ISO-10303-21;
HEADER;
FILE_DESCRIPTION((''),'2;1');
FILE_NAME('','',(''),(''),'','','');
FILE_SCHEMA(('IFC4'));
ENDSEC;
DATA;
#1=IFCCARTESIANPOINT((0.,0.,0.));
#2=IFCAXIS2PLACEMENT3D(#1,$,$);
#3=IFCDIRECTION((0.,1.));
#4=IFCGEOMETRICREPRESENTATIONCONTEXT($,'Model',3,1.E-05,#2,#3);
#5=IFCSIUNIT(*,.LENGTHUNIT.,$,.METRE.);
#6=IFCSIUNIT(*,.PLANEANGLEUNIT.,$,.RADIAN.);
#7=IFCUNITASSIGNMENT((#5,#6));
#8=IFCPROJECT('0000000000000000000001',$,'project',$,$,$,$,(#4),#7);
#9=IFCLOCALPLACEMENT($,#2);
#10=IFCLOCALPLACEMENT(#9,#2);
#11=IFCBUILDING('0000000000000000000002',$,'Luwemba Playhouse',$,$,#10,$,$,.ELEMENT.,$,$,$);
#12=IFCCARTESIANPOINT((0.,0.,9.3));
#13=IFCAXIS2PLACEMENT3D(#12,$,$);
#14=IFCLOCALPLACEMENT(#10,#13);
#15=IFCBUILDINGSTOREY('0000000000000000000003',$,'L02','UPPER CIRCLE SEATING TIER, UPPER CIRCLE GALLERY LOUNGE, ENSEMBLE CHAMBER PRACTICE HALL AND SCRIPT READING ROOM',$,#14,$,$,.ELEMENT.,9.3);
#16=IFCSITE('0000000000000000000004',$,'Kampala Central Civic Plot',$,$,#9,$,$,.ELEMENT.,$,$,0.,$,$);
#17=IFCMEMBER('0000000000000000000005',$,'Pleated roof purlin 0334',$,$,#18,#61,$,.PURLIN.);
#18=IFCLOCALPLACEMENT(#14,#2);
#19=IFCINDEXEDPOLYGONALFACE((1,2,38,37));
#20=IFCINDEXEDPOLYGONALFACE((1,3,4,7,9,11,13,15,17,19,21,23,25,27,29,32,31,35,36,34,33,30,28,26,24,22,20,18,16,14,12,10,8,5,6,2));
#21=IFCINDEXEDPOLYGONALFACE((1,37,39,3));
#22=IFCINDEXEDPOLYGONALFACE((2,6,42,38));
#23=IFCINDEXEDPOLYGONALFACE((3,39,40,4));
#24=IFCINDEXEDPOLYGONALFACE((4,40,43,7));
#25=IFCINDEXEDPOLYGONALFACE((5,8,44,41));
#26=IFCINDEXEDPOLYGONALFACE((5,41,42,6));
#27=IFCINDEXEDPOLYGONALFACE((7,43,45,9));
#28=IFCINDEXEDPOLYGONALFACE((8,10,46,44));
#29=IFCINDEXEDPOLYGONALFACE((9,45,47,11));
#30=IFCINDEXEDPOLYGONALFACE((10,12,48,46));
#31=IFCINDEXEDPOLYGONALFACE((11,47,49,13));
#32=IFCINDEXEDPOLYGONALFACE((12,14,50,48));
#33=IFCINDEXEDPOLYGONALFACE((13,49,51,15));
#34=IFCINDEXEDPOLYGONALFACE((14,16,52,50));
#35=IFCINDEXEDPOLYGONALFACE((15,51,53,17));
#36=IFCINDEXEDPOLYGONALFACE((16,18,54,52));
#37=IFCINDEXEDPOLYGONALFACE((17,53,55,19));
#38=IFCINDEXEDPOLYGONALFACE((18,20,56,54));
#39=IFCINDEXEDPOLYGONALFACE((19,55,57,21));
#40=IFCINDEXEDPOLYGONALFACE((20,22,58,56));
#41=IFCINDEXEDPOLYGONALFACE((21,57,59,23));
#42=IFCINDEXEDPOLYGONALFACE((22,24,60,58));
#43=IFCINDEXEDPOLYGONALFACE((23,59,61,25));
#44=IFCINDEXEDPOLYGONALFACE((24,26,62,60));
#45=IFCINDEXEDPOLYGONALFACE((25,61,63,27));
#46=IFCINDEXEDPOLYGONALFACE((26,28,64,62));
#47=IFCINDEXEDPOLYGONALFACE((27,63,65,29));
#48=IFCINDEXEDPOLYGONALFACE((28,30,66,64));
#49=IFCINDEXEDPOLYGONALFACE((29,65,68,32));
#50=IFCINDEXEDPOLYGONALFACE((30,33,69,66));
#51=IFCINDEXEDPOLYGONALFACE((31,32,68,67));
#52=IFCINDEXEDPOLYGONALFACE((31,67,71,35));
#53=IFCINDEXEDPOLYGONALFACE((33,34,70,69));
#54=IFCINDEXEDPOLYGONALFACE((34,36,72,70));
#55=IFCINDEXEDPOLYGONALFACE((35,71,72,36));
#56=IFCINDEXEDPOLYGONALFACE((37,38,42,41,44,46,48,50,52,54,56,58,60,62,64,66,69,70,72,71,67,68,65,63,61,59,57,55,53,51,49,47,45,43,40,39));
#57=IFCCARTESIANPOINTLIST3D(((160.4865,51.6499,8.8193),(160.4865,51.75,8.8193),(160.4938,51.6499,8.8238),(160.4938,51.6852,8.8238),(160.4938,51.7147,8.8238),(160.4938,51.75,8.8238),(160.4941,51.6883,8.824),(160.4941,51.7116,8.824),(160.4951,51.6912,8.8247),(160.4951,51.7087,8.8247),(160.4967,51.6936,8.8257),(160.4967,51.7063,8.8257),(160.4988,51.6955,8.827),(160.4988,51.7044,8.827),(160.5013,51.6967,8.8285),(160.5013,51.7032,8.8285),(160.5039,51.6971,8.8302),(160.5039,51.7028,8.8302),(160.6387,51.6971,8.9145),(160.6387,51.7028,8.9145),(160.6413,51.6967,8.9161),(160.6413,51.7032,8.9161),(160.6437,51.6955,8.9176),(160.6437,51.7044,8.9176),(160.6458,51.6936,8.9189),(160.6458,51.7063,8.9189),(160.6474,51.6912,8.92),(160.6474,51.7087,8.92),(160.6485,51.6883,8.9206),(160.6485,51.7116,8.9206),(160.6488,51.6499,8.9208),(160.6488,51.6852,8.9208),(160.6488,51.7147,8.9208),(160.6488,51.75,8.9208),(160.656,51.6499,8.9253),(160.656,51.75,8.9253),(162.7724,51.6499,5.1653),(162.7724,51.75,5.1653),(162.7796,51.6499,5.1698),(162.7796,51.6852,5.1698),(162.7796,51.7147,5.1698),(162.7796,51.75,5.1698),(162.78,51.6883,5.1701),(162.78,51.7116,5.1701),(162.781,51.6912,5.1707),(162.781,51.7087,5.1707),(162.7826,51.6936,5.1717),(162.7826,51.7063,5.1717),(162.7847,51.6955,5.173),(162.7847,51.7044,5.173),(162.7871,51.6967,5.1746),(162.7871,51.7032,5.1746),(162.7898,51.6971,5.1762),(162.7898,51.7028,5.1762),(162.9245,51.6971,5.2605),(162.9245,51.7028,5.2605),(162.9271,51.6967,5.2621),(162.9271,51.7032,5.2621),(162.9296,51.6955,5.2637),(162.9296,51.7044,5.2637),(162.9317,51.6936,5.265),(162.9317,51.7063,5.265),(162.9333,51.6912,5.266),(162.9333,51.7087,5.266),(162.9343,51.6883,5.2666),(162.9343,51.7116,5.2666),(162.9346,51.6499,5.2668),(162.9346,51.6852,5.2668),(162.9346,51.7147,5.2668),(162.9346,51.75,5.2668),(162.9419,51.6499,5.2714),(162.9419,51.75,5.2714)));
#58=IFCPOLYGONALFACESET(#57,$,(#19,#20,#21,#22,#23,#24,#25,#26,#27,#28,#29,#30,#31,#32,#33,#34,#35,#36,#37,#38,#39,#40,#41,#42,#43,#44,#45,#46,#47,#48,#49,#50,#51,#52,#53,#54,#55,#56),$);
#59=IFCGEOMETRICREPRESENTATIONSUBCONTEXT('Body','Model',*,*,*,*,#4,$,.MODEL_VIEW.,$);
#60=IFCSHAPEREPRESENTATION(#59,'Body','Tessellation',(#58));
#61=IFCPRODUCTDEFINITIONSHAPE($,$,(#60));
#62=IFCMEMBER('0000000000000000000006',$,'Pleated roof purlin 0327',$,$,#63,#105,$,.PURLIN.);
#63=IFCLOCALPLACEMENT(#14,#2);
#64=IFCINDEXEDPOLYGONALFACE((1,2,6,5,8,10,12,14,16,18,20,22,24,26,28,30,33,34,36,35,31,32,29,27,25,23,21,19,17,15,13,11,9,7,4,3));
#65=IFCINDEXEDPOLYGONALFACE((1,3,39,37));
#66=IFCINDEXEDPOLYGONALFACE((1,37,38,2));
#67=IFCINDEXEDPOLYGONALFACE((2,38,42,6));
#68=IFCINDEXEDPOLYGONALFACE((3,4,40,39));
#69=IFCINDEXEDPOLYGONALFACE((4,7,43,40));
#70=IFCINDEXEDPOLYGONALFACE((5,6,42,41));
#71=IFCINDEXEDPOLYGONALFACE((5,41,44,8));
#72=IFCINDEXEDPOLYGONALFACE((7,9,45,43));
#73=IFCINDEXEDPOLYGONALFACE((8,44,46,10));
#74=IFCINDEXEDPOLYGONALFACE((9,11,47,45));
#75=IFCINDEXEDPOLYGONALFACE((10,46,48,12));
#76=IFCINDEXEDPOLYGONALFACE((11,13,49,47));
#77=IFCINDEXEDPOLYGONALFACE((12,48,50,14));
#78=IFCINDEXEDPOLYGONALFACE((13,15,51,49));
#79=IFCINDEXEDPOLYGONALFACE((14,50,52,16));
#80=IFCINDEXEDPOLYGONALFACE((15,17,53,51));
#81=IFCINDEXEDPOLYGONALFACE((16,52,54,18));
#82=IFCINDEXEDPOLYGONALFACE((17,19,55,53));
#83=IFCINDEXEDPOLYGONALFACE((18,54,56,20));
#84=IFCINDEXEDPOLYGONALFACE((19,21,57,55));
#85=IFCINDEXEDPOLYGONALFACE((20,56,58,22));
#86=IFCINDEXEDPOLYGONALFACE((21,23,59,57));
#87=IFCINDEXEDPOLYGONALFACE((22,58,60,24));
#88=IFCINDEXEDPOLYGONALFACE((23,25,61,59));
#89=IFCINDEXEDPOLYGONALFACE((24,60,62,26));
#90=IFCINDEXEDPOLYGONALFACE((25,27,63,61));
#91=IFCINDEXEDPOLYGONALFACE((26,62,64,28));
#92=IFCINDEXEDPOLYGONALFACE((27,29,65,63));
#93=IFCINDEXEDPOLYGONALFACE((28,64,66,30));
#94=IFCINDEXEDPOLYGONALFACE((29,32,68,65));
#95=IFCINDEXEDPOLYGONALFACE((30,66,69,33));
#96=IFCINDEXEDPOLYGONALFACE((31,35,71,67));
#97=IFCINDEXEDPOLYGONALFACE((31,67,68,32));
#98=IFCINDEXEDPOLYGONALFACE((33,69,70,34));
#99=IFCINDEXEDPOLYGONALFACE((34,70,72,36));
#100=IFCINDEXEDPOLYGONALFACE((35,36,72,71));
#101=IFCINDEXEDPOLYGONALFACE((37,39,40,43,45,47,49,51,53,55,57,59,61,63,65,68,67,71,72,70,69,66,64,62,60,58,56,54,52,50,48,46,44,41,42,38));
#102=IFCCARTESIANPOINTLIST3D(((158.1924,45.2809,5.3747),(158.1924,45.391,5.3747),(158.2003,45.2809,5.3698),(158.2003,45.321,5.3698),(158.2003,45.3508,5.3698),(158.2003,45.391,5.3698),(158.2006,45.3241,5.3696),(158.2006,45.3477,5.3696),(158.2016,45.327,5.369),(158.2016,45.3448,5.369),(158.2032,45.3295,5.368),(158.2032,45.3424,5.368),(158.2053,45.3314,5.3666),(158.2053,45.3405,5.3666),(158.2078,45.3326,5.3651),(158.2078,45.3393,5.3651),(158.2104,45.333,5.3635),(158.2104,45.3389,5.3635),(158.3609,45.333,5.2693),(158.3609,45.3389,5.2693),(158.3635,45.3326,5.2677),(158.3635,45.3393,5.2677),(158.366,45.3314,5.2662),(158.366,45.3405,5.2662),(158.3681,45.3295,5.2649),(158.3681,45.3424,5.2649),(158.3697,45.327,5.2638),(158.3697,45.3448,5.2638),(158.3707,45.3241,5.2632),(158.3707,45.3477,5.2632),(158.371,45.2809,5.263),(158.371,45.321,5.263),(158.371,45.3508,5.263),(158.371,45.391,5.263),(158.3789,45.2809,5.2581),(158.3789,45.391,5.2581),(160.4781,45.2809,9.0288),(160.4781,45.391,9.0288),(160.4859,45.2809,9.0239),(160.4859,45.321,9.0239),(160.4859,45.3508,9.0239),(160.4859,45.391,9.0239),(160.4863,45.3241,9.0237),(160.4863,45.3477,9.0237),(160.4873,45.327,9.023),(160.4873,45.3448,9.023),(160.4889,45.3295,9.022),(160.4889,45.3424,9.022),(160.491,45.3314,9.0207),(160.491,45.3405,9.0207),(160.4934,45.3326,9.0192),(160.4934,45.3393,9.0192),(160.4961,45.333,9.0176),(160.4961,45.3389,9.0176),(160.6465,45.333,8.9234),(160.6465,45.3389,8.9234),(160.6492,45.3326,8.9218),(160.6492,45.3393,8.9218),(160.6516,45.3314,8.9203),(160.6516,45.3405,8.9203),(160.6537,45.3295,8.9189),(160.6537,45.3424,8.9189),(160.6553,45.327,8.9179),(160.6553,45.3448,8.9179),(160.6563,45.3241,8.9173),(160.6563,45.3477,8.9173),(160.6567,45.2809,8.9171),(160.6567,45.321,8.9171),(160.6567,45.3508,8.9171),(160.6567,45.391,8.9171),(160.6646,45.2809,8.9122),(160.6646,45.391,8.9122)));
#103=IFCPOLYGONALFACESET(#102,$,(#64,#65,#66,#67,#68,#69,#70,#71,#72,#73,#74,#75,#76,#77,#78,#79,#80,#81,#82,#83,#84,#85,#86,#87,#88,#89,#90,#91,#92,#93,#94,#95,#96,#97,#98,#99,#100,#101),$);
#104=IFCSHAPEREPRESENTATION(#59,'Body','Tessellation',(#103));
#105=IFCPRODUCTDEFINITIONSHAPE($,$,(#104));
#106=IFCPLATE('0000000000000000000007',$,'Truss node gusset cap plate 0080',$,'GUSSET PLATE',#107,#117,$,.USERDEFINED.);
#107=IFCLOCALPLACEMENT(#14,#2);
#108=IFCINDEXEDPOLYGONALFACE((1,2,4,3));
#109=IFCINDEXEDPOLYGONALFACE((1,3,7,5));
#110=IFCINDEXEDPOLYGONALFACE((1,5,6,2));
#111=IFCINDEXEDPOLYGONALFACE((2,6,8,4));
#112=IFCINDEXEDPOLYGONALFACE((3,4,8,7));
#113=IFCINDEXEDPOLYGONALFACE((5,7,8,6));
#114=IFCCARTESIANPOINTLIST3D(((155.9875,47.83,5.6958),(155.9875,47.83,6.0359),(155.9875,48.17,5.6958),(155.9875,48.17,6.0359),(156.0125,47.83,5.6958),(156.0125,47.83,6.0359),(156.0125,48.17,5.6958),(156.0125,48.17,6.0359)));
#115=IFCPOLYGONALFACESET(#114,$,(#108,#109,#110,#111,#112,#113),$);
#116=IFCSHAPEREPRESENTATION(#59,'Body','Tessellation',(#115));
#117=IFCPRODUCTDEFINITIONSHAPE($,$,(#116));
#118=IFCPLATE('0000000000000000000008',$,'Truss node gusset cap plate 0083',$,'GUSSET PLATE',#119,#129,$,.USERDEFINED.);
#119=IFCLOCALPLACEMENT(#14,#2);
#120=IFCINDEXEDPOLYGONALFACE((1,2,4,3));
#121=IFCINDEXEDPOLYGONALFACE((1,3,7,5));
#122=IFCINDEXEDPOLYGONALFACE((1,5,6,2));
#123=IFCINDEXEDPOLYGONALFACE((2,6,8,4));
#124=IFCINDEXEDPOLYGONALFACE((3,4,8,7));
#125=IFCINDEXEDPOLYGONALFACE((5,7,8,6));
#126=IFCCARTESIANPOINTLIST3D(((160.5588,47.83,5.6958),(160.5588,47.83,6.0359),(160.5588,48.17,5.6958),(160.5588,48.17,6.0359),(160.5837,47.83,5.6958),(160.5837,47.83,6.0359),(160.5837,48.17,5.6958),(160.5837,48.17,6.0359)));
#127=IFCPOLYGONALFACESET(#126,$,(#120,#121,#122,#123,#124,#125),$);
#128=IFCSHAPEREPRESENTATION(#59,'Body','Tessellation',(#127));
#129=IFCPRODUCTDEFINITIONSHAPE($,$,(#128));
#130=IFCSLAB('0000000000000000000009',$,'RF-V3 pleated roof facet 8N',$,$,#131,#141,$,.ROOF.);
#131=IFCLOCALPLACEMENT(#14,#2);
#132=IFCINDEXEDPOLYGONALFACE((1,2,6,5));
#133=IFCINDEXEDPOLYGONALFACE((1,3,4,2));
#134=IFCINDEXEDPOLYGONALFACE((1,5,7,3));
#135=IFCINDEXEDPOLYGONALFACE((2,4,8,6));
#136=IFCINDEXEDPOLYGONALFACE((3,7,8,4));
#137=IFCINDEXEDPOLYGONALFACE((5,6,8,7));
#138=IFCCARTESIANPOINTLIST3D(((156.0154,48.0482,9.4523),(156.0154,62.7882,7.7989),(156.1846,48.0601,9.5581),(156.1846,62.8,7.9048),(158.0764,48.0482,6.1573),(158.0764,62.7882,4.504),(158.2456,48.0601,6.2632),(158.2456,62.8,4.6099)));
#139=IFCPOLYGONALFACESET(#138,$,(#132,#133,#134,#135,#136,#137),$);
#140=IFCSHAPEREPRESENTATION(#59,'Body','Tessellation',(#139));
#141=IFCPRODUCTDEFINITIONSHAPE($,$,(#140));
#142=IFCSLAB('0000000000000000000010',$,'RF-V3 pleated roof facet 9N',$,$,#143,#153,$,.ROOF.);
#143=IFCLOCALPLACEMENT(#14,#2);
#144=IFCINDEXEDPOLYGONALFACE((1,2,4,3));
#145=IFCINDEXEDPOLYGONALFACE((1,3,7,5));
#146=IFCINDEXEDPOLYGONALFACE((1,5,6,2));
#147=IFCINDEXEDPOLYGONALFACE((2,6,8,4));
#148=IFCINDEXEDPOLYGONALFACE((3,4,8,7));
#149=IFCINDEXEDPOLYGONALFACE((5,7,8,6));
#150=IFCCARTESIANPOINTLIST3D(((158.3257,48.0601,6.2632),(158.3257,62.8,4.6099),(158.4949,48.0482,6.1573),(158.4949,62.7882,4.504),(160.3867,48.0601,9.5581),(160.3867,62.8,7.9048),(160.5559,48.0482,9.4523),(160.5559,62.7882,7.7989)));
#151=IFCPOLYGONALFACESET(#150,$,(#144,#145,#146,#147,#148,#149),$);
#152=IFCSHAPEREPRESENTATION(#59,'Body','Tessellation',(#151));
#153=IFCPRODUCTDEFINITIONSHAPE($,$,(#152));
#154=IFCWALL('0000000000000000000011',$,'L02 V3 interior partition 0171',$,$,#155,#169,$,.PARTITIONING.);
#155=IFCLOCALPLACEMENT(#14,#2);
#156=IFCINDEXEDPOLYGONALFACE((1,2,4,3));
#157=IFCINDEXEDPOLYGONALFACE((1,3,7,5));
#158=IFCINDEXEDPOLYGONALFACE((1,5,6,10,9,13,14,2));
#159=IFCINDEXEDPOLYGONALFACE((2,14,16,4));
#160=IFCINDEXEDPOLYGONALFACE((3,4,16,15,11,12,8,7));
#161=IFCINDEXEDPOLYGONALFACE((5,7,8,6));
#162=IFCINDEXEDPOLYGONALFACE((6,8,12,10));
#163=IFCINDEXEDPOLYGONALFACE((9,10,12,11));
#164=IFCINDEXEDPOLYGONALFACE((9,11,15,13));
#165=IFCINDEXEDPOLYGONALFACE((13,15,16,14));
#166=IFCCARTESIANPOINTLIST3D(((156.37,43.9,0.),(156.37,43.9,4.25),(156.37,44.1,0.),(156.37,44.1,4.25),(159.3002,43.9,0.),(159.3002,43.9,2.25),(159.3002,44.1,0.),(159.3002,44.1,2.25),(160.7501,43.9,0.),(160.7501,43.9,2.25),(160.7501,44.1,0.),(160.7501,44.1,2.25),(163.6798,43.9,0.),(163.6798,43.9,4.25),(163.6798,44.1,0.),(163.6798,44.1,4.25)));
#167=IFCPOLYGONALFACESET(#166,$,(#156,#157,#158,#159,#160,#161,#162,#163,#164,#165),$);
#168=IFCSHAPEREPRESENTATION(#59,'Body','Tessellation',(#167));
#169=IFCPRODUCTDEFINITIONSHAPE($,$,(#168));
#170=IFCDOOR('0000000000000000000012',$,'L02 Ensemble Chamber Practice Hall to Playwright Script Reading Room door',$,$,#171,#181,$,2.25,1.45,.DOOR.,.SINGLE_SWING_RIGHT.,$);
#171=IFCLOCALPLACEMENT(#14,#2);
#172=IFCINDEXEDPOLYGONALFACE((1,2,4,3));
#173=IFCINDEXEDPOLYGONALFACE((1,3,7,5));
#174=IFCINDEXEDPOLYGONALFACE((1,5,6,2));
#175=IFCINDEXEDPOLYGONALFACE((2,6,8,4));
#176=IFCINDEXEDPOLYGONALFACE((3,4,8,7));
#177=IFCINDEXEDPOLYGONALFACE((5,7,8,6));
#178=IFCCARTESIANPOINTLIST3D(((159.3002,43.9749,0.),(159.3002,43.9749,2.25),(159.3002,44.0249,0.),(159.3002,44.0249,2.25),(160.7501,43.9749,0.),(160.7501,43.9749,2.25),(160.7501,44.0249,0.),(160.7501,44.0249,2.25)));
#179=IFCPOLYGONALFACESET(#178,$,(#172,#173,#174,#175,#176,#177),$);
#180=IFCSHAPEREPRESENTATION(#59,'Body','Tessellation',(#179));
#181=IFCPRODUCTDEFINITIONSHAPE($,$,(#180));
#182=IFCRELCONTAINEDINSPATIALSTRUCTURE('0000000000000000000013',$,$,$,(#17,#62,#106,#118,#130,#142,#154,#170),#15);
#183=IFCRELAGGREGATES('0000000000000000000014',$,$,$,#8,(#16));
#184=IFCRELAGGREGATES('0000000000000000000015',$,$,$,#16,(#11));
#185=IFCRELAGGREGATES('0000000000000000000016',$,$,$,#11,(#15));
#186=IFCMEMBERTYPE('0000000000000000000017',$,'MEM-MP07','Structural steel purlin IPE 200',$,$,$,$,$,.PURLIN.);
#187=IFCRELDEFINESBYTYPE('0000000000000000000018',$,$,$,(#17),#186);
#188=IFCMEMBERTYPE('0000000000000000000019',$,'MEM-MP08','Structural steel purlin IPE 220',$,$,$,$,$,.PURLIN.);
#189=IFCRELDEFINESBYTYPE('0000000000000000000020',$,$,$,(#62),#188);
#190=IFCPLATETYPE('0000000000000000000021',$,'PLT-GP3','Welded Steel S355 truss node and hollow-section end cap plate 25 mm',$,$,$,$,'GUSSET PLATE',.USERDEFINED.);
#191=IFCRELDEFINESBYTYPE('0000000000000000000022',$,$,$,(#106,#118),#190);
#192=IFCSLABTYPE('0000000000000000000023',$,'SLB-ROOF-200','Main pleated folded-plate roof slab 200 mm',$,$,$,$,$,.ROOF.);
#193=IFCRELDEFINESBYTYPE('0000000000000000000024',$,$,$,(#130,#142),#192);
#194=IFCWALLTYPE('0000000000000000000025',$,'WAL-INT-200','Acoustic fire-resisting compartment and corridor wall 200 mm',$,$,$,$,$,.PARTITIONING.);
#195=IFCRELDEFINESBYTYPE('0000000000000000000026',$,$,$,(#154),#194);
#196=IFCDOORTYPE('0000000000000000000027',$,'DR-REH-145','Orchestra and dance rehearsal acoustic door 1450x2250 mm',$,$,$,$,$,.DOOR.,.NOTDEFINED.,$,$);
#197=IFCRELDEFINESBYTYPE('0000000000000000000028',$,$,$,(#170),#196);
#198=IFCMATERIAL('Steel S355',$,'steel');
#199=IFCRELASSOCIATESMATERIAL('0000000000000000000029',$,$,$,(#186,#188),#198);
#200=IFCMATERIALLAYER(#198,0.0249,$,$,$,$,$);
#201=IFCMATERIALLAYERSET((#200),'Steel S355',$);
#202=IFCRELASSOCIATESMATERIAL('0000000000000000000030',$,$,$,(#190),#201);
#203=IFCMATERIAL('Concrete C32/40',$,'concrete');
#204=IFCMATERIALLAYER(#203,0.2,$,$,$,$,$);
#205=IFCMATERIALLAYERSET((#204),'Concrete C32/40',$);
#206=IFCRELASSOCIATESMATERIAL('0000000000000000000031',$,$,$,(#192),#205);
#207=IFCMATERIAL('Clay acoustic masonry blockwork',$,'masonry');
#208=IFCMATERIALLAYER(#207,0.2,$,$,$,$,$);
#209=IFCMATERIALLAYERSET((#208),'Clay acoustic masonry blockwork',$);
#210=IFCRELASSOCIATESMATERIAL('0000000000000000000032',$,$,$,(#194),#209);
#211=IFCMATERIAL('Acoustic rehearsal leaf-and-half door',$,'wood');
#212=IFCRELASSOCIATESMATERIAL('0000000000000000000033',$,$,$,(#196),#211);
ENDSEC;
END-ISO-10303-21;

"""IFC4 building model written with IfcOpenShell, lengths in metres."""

from ifc_helpers import new_model, si_unit, direction, frame, frame_2d, origin, origin_2d, place, context, subcontext, project, spatial, polyline, rectangle, i_section, outline, extrude, material, layer, layer_set, material_profile, profile_set, type_object, element, fill, save


model = new_model("IFC4")

# Units and contexts
model_context = context("Model", 3, precision=1e-05, world=origin(), true_north=direction((0.0, 1.0)))
body_context = subcontext(model_context, "Body", "Model", "MODEL_VIEW")
ifc_project = project(units=[si_unit("LENGTHUNIT", "METRE"), si_unit("PLANEANGLEUNIT", "RADIAN")], contexts=[model_context])

# Site, building, storey
site_placement = place(None, origin())
site = spatial("IfcSite", under=ifc_project, at=site_placement, Name="Kampala Central Civic Plot", CompositionType="ELEMENT", RefElevation=0.0)
building_placement = place(site_placement, origin())
building = spatial("IfcBuilding", under=site, at=building_placement, Name="Luwemba Playhouse", CompositionType="ELEMENT")
storey_placement = place(building_placement, frame((0.0, 0.0, 9.3)))
storey = spatial("IfcBuildingStorey", under=building, at=storey_placement, Name="L02", Description="UPPER CIRCLE SEATING TIER, UPPER CIRCLE GALLERY LOUNGE, ENSEMBLE CHAMBER PRACTICE HALL AND SCRIPT READING ROOM", CompositionType="ELEMENT", Elevation=9.3)

# Shared definitions
ifc_material_1 = material(Name="Steel S355", Category="steel")

# Members
ifc_material_profile_1 = material_profile(ifc_material_1, i_section(OverallWidth=0.1001, OverallDepth=0.2, WebThickness=0.0056, FlangeThickness=0.0085, FilletRadius=0.012, at=origin_2d()))
ifc_profile_set_1 = profile_set([ifc_material_profile_1], Name="Steel S355")
member_type_1 = type_object("IfcMemberType", Name="MEM-MP07", Description="Structural steel purlin IPE 200", PredefinedType="PURLIN", material=ifc_profile_set_1)
member_1_placement = place(storey_placement, frame((160.5713, 51.7, 8.8723), z_axis=(0.53035, 0.0, -0.847779), x_axis=(0.0, 1.0, 0.0)))
element("IfcMember", 1, at=member_1_placement, inside=storey, type_object=member_type_1, Name="Pleated roof purlin 0334", PredefinedType="PURLIN", context=body_context, shape_type="SweptSolid", body=[
    extrude(i_section(OverallWidth=0.1001, OverallDepth=0.2, WebThickness=0.0056, FlangeThickness=0.0085, FilletRadius=0.012, at=origin_2d()), origin(), (0.0, 0.0, 1.0), 4.3101),
])
ifc_material_profile_2 = material_profile(ifc_material_1, i_section(OverallWidth=0.1101, OverallDepth=0.22, WebThickness=0.0059, FlangeThickness=0.0093, FilletRadius=0.012, at=origin_2d()))
ifc_profile_set_2 = profile_set([ifc_material_profile_2], Name="Steel S355")
member_type_2 = type_object("IfcMemberType", Name="MEM-MP08", Description="Structural steel purlin IPE 220", PredefinedType="PURLIN", material=ifc_profile_set_2)
member_2_placement = place(storey_placement, frame((158.2856, 45.3359, 5.3164), z_axis=(0.530309, 0.0, 0.847804), x_axis=(0.0, 1.0, 0.0)))
element("IfcMember", 2, at=member_2_placement, inside=storey, type_object=member_type_2, Name="Pleated roof purlin 0327", PredefinedType="PURLIN", context=body_context, shape_type="SweptSolid", body=[
    extrude(i_section(OverallWidth=0.1101, OverallDepth=0.22, WebThickness=0.0059, FlangeThickness=0.0093, FilletRadius=0.012, at=origin_2d()), origin(), (0.0, 0.0, 1.0), 4.3101),
])

# Plates
ifc_layer_1 = layer(ifc_material_1, 0.0249)
ifc_layer_set_1 = layer_set([ifc_layer_1], Name="Steel S355")
plate_type = type_object("IfcPlateType", Name="PLT-GP3", Description="Welded Steel S355 truss node and hollow-section end cap plate 25 mm", ElementType="GUSSET PLATE", PredefinedType="USERDEFINED", material=ifc_layer_set_1)
for number, where, z_axis, x_axis, name in (
    (3, (156.0, 48.0, 5.6958), (0.0, 0.0, 1.0), (1.0, 0.0, 0.0), "Truss node gusset cap plate 0080"),
    (4, (160.5713, 48.0, 5.6958), (0.0, 0.0, 1.0), (1.0, 0.0, 0.0), "Truss node gusset cap plate 0083"),
):
    element("IfcPlate", number, at=place(storey_placement, frame(where, z_axis=z_axis, x_axis=x_axis)), inside=storey, type_object=plate_type, Name=name, ObjectType="GUSSET PLATE", PredefinedType="USERDEFINED", context=body_context, shape_type="SweptSolid", body=[
        extrude(rectangle(XDim=0.0249, YDim=0.3401, at=origin_2d()), origin(), (0.0, 0.0, 1.0), 0.3401),
    ])

# Slabs
ifc_material_2 = material(Name="Concrete C32/40", Category="concrete")
ifc_layer_2 = layer(ifc_material_2, 0.2)
ifc_layer_set_2 = layer_set([ifc_layer_2], Name="Concrete C32/40")
slab_type = type_object("IfcSlabType", Name="SLB-ROOF-200", Description="Main pleated folded-plate roof slab 200 mm", PredefinedType="ROOF", material=ifc_layer_set_2)
slab_1_placement = place(storey_placement, frame((156.1846, 48.0601, 9.5581), z_axis=(0.846305, 0.059378, 0.529379), x_axis=(0.530315, 0.0, -0.847801)))
element("IfcSlab", 5, at=slab_1_placement, inside=storey, type_object=slab_type, Name="RF-V3 pleated roof facet 8N", PredefinedType="ROOF", context=body_context, shape_type="SweptSolid", body=[
    extrude(outline(polyline([(0.0, 0.0), (3.8864, 0.0), (5.2881, 14.766), (1.4017, 14.766), (0.0, 0.0)])), origin(), (0.0, 0.0, -1.0), 0.2),
])
slab_2_placement = place(storey_placement, frame((158.3257, 48.0601, 6.2632), z_axis=(-0.846305, 0.059378, 0.529379), x_axis=(0.530315, 0.0, 0.847801)))
element("IfcSlab", 6, at=slab_2_placement, inside=storey, type_object=slab_type, Name="RF-V3 pleated roof facet 9N", PredefinedType="ROOF", context=body_context, shape_type="SweptSolid", body=[
    extrude(outline(polyline([(0.0, 0.0), (3.8864, 0.0), (2.4847, 14.766), (-1.4017, 14.766), (0.0, 0.0)])), origin(), (0.0, 0.0, -1.0), 0.2),
])

# Wall, opening, door
ifc_material_3 = material(Name="Clay acoustic masonry blockwork", Category="masonry")
ifc_layer_3 = layer(ifc_material_3, 0.2)
ifc_layer_set_3 = layer_set([ifc_layer_3], Name="Clay acoustic masonry blockwork")
wall_type = type_object("IfcWallType", Name="WAL-INT-200", Description="Acoustic fire-resisting compartment and corridor wall 200 mm", PredefinedType="PARTITIONING", material=ifc_layer_set_3)
wall_placement = place(storey_placement, frame((156.3701, 44.0, 0.0), z_axis=(0.0, 0.0, 1.0), x_axis=(1.0, 0.0, 0.0)))
wall = element("IfcWall", 7, at=wall_placement, inside=storey, type_object=wall_type, Name="L02 V3 interior partition 0171", PredefinedType="PARTITIONING", context=body_context, shape_type="SweptSolid", body=[
    extrude(rectangle(XDim=7.3098, YDim=0.2, at=frame_2d((3.6548, 0.0))), origin(), (0.0, 0.0, 1.0), 4.25),
])
opening_placement = place(wall_placement, frame((2.9299, 0.0, 0.0)))
opening = element("IfcOpeningElement", 8, at=opening_placement, cuts=wall, PredefinedType="OPENING", context=body_context, shape_type="SweptSolid", body=[
    extrude(rectangle(XDim=1.45, YDim=2.25, at=frame_2d((0.7251, 1.125))), frame((0.0, 0.1099, 0.0), z_axis=(0.0, -1.0, 0.0), x_axis=(1.0, 0.0, 0.0)), (0.0, 0.0, 1.0), 0.22),
])
ifc_material_4 = material(Name="Acoustic rehearsal leaf-and-half door", Category="wood")
door_type = type_object("IfcDoorType", Name="DR-REH-145", Description="Orchestra and dance rehearsal acoustic door 1450x2250 mm", OperationType="NOTDEFINED", PredefinedType="DOOR", material=ifc_material_4)
door_placement = place(opening_placement, origin())
door = element("IfcDoor", 9, at=door_placement, inside=storey, type_object=door_type, Name="L02 Ensemble Chamber Practice Hall to Playwright Script Reading Room door", OperationType="SINGLE_SWING_RIGHT", OverallHeight=2.25, OverallWidth=1.45, PredefinedType="DOOR", context=body_context, shape_type="SweptSolid", body=[
    extrude(rectangle(XDim=1.45, YDim=2.25, at=frame_2d((0.7251, 1.125))), frame((0.0, 0.0249, 0.0), z_axis=(0.0, -1.0, 0.0), x_axis=(1.0, 0.0, 0.0)), (0.0, 0.0, 1.0), 0.05),
])
fill(opening, door)

save(model, "model.ifc")
